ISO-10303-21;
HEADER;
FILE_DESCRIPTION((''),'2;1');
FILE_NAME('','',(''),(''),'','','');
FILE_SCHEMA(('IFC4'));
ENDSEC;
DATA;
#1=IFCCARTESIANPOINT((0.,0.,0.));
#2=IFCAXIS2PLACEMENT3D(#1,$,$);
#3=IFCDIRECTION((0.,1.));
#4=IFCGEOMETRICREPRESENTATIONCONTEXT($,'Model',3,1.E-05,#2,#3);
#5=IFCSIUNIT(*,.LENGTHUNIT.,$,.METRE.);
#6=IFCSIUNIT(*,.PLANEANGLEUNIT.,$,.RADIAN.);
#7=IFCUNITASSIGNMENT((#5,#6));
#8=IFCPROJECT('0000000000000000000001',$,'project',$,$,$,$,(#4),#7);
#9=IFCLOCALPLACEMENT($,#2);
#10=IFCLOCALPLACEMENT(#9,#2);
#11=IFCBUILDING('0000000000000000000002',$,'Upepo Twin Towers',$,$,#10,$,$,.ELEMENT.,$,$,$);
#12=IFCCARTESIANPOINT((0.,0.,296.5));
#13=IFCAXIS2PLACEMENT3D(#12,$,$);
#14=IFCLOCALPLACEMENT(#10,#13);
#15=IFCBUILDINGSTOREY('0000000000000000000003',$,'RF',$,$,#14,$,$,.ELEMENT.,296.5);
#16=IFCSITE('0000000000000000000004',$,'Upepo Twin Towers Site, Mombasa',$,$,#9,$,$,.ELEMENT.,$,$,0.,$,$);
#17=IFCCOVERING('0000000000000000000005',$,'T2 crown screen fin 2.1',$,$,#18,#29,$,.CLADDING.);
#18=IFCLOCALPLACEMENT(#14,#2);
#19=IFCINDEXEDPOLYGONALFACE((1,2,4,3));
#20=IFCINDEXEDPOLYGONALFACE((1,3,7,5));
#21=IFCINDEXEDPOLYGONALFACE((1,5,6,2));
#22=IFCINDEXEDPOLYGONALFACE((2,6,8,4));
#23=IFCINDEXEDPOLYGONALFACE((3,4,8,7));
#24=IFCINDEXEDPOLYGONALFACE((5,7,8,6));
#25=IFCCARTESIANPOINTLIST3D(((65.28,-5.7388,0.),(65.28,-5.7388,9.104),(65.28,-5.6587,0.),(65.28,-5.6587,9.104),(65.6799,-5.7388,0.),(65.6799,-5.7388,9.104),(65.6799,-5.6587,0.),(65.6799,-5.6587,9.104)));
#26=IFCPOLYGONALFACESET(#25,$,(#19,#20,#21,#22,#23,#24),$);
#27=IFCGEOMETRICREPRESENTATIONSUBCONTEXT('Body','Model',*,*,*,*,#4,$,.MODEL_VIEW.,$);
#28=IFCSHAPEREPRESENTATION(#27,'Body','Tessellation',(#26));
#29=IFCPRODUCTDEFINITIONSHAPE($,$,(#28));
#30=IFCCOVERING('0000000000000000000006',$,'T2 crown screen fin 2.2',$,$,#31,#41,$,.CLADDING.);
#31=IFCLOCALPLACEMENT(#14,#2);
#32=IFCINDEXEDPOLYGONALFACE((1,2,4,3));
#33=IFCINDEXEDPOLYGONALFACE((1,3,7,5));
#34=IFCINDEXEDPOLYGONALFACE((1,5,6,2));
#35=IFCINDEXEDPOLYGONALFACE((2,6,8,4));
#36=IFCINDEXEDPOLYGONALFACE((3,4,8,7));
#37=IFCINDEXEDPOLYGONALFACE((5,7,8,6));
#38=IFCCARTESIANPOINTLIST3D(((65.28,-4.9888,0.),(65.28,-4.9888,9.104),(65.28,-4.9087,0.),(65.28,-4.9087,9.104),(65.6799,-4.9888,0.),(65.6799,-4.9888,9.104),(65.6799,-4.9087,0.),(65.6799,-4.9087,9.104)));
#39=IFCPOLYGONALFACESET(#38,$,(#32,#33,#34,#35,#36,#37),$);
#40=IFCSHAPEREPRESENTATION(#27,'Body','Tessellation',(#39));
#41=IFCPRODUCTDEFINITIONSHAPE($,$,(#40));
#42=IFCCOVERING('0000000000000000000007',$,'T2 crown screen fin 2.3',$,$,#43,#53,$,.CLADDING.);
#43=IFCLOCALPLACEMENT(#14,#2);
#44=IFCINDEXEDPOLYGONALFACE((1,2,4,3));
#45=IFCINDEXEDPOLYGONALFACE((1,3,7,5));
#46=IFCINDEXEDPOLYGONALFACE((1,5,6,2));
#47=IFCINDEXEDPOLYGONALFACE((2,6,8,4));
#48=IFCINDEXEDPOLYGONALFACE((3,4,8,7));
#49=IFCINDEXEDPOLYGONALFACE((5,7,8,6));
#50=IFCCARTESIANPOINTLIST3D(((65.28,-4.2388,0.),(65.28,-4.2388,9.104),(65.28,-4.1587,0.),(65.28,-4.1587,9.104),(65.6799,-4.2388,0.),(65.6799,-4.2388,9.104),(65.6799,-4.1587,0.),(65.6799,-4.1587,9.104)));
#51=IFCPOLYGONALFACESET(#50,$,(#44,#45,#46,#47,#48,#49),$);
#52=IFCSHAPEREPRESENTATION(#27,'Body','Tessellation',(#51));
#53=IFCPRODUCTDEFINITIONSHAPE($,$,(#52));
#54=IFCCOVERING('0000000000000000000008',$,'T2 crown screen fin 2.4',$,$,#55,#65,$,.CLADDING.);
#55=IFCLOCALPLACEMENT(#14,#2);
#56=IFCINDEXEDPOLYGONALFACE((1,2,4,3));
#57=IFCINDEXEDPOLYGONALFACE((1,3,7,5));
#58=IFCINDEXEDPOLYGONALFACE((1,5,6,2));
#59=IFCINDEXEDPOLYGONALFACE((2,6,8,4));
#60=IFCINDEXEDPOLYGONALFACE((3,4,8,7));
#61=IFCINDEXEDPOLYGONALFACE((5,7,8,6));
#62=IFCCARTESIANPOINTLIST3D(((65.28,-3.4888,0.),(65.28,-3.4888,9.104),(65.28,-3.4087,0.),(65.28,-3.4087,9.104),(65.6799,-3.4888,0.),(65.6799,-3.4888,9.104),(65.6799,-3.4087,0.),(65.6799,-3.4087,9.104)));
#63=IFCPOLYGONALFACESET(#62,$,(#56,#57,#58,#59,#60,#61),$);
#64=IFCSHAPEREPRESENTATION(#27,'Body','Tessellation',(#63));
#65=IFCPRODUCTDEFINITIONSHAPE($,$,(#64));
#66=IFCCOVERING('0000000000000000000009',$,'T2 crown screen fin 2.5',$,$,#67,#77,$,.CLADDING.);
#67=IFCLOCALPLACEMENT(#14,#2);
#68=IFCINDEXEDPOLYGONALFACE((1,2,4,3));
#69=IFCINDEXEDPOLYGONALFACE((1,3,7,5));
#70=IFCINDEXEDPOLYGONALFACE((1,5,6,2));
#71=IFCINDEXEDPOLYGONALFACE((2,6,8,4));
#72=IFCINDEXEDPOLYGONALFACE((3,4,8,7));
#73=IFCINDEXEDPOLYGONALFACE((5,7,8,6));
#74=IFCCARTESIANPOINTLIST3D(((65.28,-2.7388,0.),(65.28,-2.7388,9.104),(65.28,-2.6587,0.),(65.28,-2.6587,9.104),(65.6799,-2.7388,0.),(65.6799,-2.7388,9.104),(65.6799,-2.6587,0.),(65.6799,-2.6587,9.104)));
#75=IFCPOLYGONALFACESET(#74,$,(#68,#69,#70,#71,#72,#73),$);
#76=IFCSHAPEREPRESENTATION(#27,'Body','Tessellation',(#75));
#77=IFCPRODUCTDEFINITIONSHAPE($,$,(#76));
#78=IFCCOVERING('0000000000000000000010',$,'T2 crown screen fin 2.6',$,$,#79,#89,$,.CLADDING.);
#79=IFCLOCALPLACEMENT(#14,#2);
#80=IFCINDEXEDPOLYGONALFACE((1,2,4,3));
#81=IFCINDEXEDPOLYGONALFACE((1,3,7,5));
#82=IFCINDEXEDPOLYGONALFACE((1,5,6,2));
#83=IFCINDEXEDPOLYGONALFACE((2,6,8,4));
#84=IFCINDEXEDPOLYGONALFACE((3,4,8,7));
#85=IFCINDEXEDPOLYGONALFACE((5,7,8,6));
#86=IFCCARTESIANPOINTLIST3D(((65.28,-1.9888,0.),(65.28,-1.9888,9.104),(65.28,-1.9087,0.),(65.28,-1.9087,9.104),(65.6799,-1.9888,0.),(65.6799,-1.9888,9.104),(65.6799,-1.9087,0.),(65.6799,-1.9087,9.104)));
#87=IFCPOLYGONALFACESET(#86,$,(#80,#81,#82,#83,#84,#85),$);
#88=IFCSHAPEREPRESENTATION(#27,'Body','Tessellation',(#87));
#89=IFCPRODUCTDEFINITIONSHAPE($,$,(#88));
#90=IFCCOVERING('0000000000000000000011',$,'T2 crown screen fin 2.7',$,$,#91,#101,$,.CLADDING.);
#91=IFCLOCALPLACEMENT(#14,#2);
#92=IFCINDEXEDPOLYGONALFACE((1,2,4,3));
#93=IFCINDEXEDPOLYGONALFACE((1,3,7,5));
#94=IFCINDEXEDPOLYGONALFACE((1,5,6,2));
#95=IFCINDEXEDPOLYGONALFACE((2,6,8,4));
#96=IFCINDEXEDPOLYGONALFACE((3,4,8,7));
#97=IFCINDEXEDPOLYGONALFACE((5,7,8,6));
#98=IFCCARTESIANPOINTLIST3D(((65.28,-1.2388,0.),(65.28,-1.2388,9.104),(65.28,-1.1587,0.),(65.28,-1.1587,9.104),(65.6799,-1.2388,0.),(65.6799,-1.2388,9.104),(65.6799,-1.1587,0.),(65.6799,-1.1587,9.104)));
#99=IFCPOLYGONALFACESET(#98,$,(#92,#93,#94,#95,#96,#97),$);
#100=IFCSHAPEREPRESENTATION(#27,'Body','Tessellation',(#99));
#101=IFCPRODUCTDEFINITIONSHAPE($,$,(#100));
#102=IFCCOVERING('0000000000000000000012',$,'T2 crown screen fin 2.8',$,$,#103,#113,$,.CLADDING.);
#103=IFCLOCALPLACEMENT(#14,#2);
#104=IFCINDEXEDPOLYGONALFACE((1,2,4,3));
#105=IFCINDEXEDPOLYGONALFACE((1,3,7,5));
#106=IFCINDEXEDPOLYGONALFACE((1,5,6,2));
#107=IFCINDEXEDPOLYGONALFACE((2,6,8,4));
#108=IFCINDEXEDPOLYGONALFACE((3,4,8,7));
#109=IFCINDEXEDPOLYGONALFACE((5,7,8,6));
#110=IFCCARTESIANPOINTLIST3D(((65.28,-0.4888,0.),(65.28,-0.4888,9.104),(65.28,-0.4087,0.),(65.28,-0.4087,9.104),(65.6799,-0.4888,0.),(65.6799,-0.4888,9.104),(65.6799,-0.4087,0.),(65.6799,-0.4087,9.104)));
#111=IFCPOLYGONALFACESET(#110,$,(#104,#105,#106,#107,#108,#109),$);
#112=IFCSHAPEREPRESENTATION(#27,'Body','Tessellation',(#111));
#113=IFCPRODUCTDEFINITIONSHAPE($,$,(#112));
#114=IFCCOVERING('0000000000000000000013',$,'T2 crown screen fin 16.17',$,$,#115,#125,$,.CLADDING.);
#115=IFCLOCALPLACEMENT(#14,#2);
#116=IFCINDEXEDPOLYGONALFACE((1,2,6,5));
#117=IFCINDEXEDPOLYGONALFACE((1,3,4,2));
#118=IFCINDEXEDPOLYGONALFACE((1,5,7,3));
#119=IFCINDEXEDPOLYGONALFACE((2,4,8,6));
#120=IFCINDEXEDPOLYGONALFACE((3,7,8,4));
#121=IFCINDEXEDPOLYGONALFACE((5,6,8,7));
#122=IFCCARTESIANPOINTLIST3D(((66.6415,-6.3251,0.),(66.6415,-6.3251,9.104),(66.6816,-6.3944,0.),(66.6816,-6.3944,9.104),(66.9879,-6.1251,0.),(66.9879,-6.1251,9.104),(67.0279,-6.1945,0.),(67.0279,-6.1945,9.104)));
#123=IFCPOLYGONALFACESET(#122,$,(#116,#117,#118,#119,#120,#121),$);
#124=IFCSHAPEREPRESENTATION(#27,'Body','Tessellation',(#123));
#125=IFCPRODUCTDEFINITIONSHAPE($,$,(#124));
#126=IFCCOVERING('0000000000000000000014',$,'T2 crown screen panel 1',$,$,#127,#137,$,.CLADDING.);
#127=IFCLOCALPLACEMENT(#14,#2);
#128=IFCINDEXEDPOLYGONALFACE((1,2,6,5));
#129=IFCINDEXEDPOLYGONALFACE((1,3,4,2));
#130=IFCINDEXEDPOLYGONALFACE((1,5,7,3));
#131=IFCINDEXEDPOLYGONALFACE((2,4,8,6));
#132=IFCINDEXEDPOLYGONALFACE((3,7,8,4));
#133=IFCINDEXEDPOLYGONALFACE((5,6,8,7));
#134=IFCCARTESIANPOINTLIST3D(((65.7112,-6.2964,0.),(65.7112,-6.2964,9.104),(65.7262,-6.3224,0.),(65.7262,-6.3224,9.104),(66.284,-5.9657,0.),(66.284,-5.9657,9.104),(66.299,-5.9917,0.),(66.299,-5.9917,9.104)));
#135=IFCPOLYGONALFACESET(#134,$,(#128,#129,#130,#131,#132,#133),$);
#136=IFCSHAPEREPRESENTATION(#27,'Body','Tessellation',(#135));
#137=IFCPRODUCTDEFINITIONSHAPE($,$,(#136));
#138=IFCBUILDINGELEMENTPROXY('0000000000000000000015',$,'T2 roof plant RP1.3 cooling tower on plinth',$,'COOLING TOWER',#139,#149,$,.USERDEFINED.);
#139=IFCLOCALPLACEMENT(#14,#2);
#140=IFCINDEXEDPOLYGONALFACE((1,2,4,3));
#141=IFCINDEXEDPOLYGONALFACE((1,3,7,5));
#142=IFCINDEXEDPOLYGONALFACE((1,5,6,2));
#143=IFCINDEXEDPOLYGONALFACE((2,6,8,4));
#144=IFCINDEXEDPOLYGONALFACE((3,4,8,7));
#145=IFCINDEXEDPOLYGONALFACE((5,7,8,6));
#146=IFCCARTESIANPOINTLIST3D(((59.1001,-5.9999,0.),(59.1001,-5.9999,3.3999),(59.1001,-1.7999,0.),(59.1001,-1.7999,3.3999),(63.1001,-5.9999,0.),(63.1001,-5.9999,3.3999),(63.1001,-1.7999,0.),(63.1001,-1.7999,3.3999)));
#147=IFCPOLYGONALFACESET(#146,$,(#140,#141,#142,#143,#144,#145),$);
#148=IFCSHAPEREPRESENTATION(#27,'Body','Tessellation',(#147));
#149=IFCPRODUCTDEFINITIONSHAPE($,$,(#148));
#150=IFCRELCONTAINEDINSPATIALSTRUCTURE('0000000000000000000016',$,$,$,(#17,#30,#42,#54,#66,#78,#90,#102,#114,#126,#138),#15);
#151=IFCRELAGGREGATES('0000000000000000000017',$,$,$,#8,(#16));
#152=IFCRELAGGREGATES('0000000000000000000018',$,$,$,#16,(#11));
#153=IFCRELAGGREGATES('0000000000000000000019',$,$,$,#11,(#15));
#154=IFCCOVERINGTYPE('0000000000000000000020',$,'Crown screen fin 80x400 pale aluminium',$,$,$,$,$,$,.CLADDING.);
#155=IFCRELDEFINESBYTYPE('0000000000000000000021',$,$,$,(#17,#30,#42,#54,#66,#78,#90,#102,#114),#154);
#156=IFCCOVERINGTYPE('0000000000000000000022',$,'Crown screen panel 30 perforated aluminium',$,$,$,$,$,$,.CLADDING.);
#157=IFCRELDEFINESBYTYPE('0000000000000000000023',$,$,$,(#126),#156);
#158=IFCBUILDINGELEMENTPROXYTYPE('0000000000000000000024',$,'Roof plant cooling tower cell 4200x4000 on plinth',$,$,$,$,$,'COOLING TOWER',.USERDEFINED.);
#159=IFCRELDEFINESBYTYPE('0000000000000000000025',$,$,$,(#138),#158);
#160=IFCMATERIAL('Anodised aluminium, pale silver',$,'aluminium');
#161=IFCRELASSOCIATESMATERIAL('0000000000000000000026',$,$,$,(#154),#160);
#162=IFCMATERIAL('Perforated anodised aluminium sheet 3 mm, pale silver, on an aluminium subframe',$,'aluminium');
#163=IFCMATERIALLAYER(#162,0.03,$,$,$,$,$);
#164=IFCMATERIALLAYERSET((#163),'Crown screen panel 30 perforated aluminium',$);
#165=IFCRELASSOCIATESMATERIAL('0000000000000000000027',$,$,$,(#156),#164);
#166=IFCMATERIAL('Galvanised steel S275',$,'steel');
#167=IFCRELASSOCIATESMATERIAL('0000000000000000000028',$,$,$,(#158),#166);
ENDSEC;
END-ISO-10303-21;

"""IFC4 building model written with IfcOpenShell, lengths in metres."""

from ifc_helpers import new_model, si_unit, direction, frame, origin, origin_2d, place, context, subcontext, project, spatial, rectangle, extrude, material, layer, layer_set, type_object, element, save


model = new_model("IFC4")

# Units and contexts
model_context = context("Model", 3, precision=1e-05, world=origin(), true_north=direction((0.0, 1.0)))
body_context = subcontext(model_context, "Body", "Model", "MODEL_VIEW")
ifc_project = project(units=[si_unit("LENGTHUNIT", "METRE"), si_unit("PLANEANGLEUNIT", "RADIAN")], contexts=[model_context])

# Site, building, storey
site_placement = place(None, origin())
site = spatial("IfcSite", under=ifc_project, at=site_placement, Name="Upepo Twin Towers Site, Mombasa", CompositionType="ELEMENT", RefElevation=0.0)
building_placement = place(site_placement, origin())
building = spatial("IfcBuilding", under=site, at=building_placement, Name="Upepo Twin Towers", CompositionType="ELEMENT")
storey_placement = place(building_placement, frame((0.0, 0.0, 296.5)))
storey = spatial("IfcBuildingStorey", under=building, at=storey_placement, Name="RF", CompositionType="ELEMENT", Elevation=296.5)

# Coverings
ifc_material_1 = material(Name="Anodised aluminium, pale silver", Category="aluminium")
covering_type_1 = type_object("IfcCoveringType", Name="Crown screen fin 80x400 pale aluminium", PredefinedType="CLADDING", material=ifc_material_1)
for number, where, z_axis, x_axis, name in (
    (1, (65.48, -5.6987, 0.0), (0.0, 0.0, 1.0), (0.0, 1.0, 0.0), "T2 crown screen fin 2.1"),
    (2, (65.48, -4.9487, 0.0), (0.0, 0.0, 1.0), (0.0, 1.0, 0.0), "T2 crown screen fin 2.2"),
    (3, (65.48, -4.1987, 0.0), (0.0, 0.0, 1.0), (0.0, 1.0, 0.0), "T2 crown screen fin 2.3"),
    (4, (65.48, -3.4487, 0.0), (0.0, 0.0, 1.0), (0.0, 1.0, 0.0), "T2 crown screen fin 2.4"),
    (5, (65.48, -2.6987, 0.0), (0.0, 0.0, 1.0), (0.0, 1.0, 0.0), "T2 crown screen fin 2.5"),
    (6, (65.48, -1.9487, 0.0), (0.0, 0.0, 1.0), (0.0, 1.0, 0.0), "T2 crown screen fin 2.6"),
    (7, (65.48, -1.1987, 0.0), (0.0, 0.0, 1.0), (0.0, 1.0, 0.0), "T2 crown screen fin 2.7"),
    (8, (65.48, -0.4487, 0.0), (0.0, 0.0, 1.0), (0.0, 1.0, 0.0), "T2 crown screen fin 2.8"),
    (9, (66.8347, -6.2598, 0.0), (0.0, 0.0, 1.0), (-0.5, 0.866025, 0.0), "T2 crown screen fin 16.17"),
):
    element("IfcCovering", number, at=place(storey_placement, frame(where, z_axis=z_axis, x_axis=x_axis)), inside=storey, type_object=covering_type_1, Name=name, PredefinedType="CLADDING", context=body_context, shape_type="SweptSolid", body=[
        extrude(rectangle(XDim=0.0801, YDim=0.3999, at=origin_2d()), origin(), (0.0, 0.0, 1.0), 9.104),
    ])
ifc_material_2 = material(Name="Perforated anodised aluminium sheet 3 mm, pale silver, on an aluminium subframe", Category="aluminium")
ifc_layer_1 = layer(ifc_material_2, 0.03)
ifc_layer_set_1 = layer_set([ifc_layer_1], Name="Crown screen panel 30 perforated aluminium")
covering_type_2 = type_object("IfcCoveringType", Name="Crown screen panel 30 perforated aluminium", PredefinedType="CLADDING", material=ifc_layer_set_1)
covering_placement = place(storey_placement, frame((66.0051, -6.144, 0.0), z_axis=(0.0, 0.0, 1.0), x_axis=(-0.866026, -0.5, 0.0)))
element("IfcCovering", 10, at=covering_placement, inside=storey, type_object=covering_type_2, Name="T2 crown screen panel 1", PredefinedType="CLADDING", context=body_context, shape_type="SweptSolid", body=[
    extrude(rectangle(XDim=0.6614, YDim=0.03, at=origin_2d()), origin(), (0.0, 0.0, 1.0), 9.104),
])

# Building element proxy
ifc_material_3 = material(Name="Galvanised steel S275", Category="steel")
building_element_proxy_type = type_object("IfcBuildingElementProxyType", Name="Roof plant cooling tower cell 4200x4000 on plinth", ElementType="COOLING TOWER", PredefinedType="USERDEFINED", material=ifc_material_3)
proxy_placement = place(storey_placement, frame((61.1001, -3.8999, 0.0), z_axis=(0.0, 0.0, 1.0), x_axis=(0.0, 1.0, 0.0)))
element("IfcBuildingElementProxy", 11, at=proxy_placement, inside=storey, type_object=building_element_proxy_type, Name="T2 roof plant RP1.3 cooling tower on plinth", ObjectType="COOLING TOWER", PredefinedType="USERDEFINED", context=body_context, shape_type="SweptSolid", body=[
    extrude(rectangle(XDim=4.2, YDim=4.0, at=origin_2d()), origin(), (0.0, 0.0, 1.0), 3.3999),
])

save(model, "model.ifc")
